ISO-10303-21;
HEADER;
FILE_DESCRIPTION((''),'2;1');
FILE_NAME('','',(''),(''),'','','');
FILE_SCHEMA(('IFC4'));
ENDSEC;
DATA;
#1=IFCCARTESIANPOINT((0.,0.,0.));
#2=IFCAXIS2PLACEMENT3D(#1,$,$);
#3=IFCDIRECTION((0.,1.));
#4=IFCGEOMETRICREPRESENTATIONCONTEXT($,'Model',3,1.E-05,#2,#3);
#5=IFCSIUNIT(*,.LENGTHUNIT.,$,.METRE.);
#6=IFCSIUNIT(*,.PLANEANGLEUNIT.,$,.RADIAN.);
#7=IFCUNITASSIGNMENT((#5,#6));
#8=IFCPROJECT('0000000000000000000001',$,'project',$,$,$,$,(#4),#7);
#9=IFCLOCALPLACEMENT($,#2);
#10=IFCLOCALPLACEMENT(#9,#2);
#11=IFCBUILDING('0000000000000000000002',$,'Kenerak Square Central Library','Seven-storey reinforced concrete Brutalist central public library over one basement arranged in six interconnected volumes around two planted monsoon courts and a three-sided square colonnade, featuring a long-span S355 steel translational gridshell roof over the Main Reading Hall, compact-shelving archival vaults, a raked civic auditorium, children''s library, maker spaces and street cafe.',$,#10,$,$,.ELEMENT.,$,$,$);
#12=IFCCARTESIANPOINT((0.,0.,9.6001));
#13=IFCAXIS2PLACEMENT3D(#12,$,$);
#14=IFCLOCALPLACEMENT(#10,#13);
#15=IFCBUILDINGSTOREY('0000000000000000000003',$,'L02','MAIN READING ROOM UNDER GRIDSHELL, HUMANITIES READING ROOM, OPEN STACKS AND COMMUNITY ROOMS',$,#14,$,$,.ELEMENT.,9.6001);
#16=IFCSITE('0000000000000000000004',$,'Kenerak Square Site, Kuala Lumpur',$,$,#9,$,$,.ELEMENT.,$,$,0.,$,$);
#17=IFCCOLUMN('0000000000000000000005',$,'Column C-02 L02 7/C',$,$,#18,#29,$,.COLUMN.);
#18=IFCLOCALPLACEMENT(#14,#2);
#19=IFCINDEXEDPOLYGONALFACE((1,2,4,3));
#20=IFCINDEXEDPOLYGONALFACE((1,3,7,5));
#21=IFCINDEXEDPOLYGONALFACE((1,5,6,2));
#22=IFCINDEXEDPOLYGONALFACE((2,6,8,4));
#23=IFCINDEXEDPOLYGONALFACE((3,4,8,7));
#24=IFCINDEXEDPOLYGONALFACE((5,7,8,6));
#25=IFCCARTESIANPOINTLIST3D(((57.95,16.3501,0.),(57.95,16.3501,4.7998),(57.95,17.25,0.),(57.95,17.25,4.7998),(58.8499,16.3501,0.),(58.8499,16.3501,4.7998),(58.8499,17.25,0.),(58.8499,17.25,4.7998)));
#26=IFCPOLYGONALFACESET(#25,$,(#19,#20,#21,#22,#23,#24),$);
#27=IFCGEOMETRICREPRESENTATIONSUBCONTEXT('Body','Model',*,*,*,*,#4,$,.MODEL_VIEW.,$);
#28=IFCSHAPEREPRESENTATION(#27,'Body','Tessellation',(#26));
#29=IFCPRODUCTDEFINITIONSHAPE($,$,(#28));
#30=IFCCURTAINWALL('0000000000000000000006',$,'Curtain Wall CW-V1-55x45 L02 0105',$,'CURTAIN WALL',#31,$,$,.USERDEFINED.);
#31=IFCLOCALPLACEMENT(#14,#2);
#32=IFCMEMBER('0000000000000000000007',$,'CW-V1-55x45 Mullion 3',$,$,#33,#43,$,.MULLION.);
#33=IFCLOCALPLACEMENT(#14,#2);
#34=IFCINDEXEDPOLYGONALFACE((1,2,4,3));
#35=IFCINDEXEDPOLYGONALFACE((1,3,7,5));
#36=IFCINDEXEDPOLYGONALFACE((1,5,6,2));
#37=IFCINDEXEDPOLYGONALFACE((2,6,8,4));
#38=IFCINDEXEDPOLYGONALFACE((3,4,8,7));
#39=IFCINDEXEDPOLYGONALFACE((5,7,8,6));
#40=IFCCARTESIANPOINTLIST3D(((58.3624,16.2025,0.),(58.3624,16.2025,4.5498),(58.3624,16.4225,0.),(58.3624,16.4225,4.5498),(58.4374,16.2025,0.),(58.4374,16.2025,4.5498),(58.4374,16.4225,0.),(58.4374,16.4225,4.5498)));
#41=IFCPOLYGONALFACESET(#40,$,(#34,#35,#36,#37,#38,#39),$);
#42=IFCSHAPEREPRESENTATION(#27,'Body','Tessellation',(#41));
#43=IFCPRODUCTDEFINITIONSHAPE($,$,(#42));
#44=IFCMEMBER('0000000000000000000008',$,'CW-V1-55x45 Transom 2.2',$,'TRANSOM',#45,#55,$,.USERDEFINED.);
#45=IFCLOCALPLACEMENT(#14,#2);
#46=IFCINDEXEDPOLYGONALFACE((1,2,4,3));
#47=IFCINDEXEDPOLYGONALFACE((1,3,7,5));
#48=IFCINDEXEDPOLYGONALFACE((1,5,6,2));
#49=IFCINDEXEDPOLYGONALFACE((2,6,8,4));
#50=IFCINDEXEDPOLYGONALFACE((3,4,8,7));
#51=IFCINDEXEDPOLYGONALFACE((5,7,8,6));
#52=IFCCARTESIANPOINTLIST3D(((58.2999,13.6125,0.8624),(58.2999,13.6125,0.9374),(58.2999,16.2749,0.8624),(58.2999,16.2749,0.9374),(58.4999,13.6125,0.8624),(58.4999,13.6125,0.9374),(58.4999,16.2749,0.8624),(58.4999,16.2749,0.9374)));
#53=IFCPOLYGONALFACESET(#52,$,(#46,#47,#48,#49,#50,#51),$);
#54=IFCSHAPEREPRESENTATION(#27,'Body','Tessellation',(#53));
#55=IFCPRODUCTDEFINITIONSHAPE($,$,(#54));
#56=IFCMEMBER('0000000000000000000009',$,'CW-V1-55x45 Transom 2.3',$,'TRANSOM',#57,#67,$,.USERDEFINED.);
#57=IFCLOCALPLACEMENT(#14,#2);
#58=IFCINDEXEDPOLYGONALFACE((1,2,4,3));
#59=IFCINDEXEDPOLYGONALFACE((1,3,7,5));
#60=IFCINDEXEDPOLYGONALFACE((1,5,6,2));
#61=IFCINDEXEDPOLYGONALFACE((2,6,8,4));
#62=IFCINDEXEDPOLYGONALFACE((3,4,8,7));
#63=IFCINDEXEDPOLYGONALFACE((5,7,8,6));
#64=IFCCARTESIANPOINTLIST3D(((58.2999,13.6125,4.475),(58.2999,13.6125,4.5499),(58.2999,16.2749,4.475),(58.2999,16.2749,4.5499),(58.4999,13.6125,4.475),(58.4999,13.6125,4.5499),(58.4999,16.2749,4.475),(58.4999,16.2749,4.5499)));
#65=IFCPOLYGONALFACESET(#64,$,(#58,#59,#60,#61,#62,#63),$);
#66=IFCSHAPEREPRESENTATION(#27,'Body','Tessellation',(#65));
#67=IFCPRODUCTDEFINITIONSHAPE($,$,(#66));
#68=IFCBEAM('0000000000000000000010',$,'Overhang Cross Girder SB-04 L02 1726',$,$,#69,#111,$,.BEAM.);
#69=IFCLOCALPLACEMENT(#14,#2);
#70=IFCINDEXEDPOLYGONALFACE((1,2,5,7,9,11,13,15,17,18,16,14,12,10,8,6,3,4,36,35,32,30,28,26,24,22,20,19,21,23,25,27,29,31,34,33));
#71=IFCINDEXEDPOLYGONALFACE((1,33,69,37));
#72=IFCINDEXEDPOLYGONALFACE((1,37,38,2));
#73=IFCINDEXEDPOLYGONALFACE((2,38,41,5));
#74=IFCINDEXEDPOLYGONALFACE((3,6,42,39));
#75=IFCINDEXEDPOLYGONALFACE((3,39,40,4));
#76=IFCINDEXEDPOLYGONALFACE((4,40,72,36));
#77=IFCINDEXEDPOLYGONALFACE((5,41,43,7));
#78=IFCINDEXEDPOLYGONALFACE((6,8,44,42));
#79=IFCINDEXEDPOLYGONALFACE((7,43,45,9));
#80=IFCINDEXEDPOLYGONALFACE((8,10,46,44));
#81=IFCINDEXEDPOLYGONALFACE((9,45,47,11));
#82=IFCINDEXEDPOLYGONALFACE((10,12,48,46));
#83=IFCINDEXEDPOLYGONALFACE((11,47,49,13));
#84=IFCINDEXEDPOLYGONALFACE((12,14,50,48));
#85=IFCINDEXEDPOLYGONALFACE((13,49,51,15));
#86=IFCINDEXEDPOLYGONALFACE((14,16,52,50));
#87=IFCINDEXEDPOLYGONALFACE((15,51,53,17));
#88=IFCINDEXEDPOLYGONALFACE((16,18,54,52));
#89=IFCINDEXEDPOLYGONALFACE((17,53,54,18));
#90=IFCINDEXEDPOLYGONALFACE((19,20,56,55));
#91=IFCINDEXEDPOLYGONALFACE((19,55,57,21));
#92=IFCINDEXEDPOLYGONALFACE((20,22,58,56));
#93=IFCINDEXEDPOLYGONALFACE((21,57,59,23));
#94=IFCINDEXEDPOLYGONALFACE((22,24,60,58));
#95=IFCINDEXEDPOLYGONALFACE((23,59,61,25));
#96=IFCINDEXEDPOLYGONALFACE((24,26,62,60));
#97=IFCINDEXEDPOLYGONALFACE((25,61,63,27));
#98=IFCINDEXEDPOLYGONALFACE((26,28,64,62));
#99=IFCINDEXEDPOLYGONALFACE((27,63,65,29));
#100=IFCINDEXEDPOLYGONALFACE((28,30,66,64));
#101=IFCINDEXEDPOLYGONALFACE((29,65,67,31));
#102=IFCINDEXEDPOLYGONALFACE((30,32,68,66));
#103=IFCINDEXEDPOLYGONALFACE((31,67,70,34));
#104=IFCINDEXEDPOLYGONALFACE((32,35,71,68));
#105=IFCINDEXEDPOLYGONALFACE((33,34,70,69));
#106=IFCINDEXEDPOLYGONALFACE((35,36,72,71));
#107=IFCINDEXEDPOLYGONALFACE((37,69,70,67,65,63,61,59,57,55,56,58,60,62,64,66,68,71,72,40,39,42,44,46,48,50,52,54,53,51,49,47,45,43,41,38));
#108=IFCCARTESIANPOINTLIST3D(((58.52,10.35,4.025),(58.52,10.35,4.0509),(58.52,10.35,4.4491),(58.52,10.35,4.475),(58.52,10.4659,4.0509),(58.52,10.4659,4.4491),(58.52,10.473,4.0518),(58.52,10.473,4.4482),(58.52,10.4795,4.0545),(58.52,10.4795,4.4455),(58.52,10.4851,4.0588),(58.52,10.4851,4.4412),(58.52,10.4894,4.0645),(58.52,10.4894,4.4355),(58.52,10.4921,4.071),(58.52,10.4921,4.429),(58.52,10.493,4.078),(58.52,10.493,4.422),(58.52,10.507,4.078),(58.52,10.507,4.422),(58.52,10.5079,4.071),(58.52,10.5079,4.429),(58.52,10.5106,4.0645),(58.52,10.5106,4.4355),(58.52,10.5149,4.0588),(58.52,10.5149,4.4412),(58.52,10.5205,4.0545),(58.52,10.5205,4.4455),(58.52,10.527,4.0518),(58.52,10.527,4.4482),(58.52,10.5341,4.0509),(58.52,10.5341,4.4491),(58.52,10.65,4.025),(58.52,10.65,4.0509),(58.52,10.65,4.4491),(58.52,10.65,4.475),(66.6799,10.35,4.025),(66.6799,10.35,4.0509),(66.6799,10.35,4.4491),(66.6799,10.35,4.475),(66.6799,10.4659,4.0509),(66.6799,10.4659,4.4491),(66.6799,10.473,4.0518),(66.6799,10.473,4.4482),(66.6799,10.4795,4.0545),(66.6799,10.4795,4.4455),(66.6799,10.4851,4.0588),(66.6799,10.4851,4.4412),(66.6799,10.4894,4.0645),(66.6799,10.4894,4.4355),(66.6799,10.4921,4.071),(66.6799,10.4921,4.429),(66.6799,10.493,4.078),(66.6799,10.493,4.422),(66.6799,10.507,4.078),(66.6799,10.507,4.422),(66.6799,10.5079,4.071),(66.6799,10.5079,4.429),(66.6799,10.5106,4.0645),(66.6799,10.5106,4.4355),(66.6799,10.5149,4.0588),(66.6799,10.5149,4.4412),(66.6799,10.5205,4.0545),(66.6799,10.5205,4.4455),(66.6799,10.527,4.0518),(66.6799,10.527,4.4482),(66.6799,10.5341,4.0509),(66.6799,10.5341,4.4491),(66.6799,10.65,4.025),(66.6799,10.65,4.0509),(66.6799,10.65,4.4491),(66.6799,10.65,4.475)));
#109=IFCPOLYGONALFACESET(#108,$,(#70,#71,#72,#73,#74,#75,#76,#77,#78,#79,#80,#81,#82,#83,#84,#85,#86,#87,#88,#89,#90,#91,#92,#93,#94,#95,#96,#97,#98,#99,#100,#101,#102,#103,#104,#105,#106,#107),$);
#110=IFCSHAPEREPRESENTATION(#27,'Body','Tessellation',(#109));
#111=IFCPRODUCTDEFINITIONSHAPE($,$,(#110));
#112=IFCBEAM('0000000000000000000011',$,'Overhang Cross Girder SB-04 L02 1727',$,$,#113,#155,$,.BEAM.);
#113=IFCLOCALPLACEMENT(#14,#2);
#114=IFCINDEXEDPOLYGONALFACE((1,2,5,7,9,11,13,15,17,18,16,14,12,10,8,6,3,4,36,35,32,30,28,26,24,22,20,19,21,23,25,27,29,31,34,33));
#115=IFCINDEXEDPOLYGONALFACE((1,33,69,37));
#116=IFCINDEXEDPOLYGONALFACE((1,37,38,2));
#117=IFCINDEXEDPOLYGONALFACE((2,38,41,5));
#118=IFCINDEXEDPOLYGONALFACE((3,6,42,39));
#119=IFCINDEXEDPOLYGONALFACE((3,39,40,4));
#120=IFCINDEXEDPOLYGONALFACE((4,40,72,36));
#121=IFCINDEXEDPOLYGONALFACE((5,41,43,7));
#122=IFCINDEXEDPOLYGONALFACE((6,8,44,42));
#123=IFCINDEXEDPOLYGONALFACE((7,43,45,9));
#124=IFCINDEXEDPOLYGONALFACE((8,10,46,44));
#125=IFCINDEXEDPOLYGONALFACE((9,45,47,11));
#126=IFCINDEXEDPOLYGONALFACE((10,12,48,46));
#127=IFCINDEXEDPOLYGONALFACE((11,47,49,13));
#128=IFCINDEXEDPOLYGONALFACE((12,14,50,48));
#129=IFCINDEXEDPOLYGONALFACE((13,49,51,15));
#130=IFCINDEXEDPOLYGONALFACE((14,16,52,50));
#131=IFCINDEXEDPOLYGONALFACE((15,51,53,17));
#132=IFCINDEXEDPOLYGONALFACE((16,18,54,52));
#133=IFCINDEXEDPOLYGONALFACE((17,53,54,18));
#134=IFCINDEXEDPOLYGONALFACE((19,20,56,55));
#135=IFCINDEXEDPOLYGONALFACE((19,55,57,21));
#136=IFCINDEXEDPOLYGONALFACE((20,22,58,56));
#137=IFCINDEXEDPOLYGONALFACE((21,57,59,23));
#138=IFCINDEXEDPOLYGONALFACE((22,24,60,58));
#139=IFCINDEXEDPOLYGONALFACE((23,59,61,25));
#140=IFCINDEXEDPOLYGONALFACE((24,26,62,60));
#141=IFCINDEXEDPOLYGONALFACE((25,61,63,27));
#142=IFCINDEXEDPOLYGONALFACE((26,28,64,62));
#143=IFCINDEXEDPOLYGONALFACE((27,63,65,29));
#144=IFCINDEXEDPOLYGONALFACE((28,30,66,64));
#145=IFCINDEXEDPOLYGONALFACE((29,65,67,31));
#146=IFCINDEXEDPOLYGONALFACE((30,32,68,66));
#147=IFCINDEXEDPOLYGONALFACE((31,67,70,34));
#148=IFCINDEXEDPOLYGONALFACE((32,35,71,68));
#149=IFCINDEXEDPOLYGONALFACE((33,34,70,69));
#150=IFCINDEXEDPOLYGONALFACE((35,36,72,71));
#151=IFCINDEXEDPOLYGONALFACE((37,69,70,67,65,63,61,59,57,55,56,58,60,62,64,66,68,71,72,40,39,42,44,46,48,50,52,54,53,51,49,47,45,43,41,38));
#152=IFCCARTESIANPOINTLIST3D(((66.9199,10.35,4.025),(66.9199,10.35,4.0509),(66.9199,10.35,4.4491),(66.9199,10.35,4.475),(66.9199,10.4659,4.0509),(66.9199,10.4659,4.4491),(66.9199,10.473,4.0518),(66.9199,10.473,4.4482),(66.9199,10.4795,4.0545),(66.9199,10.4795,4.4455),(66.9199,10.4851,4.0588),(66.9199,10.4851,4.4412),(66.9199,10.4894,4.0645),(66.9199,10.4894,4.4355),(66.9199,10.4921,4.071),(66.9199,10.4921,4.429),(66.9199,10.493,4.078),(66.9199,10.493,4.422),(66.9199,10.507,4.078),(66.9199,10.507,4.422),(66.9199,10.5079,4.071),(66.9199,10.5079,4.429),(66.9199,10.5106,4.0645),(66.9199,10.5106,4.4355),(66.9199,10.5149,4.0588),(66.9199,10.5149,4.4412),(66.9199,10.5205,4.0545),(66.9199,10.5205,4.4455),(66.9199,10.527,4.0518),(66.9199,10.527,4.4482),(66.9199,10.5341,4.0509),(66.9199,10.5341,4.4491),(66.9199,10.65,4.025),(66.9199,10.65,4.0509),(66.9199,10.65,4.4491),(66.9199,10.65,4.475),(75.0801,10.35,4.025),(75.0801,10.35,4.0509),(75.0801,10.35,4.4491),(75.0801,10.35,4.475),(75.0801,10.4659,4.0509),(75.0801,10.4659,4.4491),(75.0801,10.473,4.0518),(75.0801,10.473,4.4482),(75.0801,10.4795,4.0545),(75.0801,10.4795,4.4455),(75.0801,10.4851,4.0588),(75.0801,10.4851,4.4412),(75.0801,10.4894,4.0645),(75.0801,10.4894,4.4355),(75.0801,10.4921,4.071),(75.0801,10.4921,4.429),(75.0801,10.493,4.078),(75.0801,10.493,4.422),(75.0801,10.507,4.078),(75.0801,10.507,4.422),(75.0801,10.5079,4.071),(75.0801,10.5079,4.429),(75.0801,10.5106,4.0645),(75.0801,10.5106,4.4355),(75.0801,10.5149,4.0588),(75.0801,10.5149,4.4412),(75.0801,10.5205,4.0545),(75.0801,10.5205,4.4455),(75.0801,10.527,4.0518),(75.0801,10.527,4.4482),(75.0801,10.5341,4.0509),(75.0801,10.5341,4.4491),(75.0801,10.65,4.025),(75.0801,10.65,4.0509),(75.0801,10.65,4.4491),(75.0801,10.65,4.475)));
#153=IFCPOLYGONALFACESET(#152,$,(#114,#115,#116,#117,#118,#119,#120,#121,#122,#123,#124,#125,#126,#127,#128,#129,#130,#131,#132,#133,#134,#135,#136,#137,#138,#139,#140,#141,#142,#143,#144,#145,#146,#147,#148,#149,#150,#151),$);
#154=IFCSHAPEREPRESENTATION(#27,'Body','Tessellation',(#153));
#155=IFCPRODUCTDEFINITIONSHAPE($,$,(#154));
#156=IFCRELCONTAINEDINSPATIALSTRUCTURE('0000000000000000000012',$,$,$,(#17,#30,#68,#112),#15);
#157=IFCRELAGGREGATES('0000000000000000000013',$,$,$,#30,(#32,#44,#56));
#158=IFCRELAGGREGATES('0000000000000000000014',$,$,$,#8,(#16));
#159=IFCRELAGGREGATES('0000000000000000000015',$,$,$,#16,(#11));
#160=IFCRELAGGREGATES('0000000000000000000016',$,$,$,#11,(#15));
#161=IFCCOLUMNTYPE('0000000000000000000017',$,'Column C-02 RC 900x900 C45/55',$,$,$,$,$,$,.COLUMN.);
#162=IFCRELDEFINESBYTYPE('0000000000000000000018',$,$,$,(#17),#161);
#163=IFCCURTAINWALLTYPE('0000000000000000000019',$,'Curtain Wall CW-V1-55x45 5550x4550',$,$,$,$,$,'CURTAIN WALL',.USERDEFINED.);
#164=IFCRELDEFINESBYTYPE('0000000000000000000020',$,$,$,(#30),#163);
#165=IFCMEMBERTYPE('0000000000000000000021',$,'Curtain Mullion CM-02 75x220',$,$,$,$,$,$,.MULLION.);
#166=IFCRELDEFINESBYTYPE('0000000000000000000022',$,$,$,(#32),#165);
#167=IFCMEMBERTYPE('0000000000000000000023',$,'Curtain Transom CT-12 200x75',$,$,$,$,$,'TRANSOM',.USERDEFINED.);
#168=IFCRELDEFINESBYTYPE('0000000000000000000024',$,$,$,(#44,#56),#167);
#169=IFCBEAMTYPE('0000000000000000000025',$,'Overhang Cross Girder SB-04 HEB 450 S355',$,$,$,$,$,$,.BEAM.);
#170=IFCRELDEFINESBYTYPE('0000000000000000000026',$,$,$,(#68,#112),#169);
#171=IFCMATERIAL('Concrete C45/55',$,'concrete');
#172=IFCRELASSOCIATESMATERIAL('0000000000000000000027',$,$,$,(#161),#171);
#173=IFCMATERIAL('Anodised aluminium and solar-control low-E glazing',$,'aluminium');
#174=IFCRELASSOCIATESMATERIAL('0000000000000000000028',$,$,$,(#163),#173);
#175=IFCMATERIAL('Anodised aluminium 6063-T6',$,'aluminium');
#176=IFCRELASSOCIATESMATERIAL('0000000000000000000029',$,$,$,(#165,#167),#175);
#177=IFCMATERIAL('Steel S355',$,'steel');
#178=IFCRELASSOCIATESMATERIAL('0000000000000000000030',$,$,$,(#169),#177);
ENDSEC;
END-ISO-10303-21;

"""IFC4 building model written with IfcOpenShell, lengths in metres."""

from ifc_helpers import new_model, si_unit, direction, frame, origin, origin_2d, place, context, subcontext, project, spatial, rectangle, i_section, extrude, material, material_profile, profile_set, type_object, element, aggregate, save


model = new_model("IFC4")

# Units and contexts
model_context = context("Model", 3, precision=1e-05, world=origin(), true_north=direction((0.0, 1.0)))
body_context = subcontext(model_context, "Body", "Model", "MODEL_VIEW")
ifc_project = project(units=[si_unit("LENGTHUNIT", "METRE"), si_unit("PLANEANGLEUNIT", "RADIAN")], contexts=[model_context])

# Site, building, storey
site_placement = place(None, origin())
site = spatial("IfcSite", under=ifc_project, at=site_placement, Name="Kenerak Square Site, Kuala Lumpur", CompositionType="ELEMENT", RefElevation=0.0)
building_placement = place(site_placement, origin())
building = spatial("IfcBuilding", under=site, at=building_placement, Name="Kenerak Square Central Library", Description="Seven-storey reinforced concrete Brutalist central public library over one basement arranged in six interconnected volumes around two planted monsoon courts and a three-sided square colonnade, featuring a long-span S355 steel translational gridshell roof over the Main Reading Hall, compact-shelving archival vaults, a raked civic auditorium, children's library, maker spaces and street cafe.", CompositionType="ELEMENT")
storey_placement = place(building_placement, frame((0.0, 0.0, 9.6001)))
storey = spatial("IfcBuildingStorey", under=building, at=storey_placement, Name="L02", Description="MAIN READING ROOM UNDER GRIDSHELL, HUMANITIES READING ROOM, OPEN STACKS AND COMMUNITY ROOMS", CompositionType="ELEMENT", Elevation=9.6001)

# Column
ifc_material_1 = material(Name="Concrete C45/55", Category="concrete")
ifc_material_profile_1 = material_profile(ifc_material_1, rectangle(XDim=0.8999, YDim=0.8999, at=origin_2d()), Name="RC 900x900")
ifc_profile_set_1 = profile_set([ifc_material_profile_1], Name="Concrete C45/55")
column_type = type_object("IfcColumnType", Name="Column C-02 RC 900x900 C45/55", PredefinedType="COLUMN", material=ifc_profile_set_1)
column_placement = place(storey_placement, frame((58.3999, 16.8, 0.0), z_axis=(0.0, 0.0, 1.0), x_axis=(1.0, 0.0, 0.0)))
element("IfcColumn", 1, at=column_placement, inside=storey, type_object=column_type, Name="Column C-02 L02 7/C", PredefinedType="COLUMN", context=body_context, shape_type="SweptSolid", body=[
    extrude(rectangle(XDim=0.8999, YDim=0.8999, at=origin_2d()), origin(), (0.0, 0.0, 1.0), 4.7998),
])

# Curtain wall, members
ifc_material_2 = material(Name="Anodised aluminium and solar-control low-E glazing", Category="aluminium")
curtain_wall_type = type_object("IfcCurtainWallType", Name="Curtain Wall CW-V1-55x45 5550x4550", ElementType="CURTAIN WALL", PredefinedType="USERDEFINED", material=ifc_material_2)
curtain_wall_placement = place(storey_placement, origin())
curtain_wall = element("IfcCurtainWall", 2, at=curtain_wall_placement, inside=storey, type_object=curtain_wall_type, Name="Curtain Wall CW-V1-55x45 L02 0105", ObjectType="CURTAIN WALL", PredefinedType="USERDEFINED")
ifc_material_3 = material(Name="Anodised aluminium 6063-T6", Category="aluminium")
ifc_material_profile_2 = material_profile(ifc_material_3, rectangle(XDim=0.075, YDim=0.22, at=origin_2d()), Name="AL MULLION 75x220")
ifc_profile_set_2 = profile_set([ifc_material_profile_2], Name="Anodised aluminium 6063-T6")
member_type_1 = type_object("IfcMemberType", Name="Curtain Mullion CM-02 75x220", PredefinedType="MULLION", material=ifc_profile_set_2)
member_1_placement = place(storey_placement, frame((58.3999, 16.3125, 0.0), z_axis=(0.0, 0.0, 1.0), x_axis=(-1.0, 0.0, 0.0)))
member_1 = element("IfcMember", 3, at=member_1_placement, type_object=member_type_1, Name="CW-V1-55x45 Mullion 3", PredefinedType="MULLION", context=body_context, shape_type="SweptSolid", body=[
    extrude(rectangle(XDim=0.075, YDim=0.22, at=origin_2d()), origin(), (0.0, 0.0, 1.0), 4.5498),
])
ifc_material_profile_3 = material_profile(ifc_material_3, rectangle(XDim=0.2, YDim=0.075, at=origin_2d()), Name="AL TRANSOM 200x75")
ifc_profile_set_3 = profile_set([ifc_material_profile_3], Name="Anodised aluminium 6063-T6")
member_type_2 = type_object("IfcMemberType", Name="Curtain Transom CT-12 200x75", ElementType="TRANSOM", PredefinedType="USERDEFINED", material=ifc_profile_set_3)
member_2_placement = place(storey_placement, frame((58.3999, 13.6125, 0.8999), z_axis=(0.0, 1.0, 0.0), x_axis=(-1.0, 0.0, 0.0)))
member_2 = element("IfcMember", 4, at=member_2_placement, type_object=member_type_2, Name="CW-V1-55x45 Transom 2.2", ObjectType="TRANSOM", PredefinedType="USERDEFINED", context=body_context, shape_type="SweptSolid", body=[
    extrude(rectangle(XDim=0.2, YDim=0.075, at=origin_2d()), origin(), (0.0, 0.0, 1.0), 2.6624),
])
member_3_placement = place(storey_placement, frame((58.3999, 13.6125, 4.5125), z_axis=(0.0, 1.0, 0.0), x_axis=(-1.0, 0.0, 0.0)))
member_3 = element("IfcMember", 5, at=member_3_placement, type_object=member_type_2, Name="CW-V1-55x45 Transom 2.3", ObjectType="TRANSOM", PredefinedType="USERDEFINED", context=body_context, shape_type="SweptSolid", body=[
    extrude(rectangle(XDim=0.2, YDim=0.075, at=origin_2d()), origin(), (0.0, 0.0, 1.0), 2.6624),
])

# Beams
ifc_material_4 = material(Name="Steel S355", Category="steel")
ifc_material_profile_4 = material_profile(ifc_material_4, i_section(OverallWidth=0.3, OverallDepth=0.45, WebThickness=0.0139, FlangeThickness=0.0259, FilletRadius=0.0271, at=origin_2d()), Name="HEB 450")
ifc_profile_set_4 = profile_set([ifc_material_profile_4], Name="Steel S355")
beam_type_1 = type_object("IfcBeamType", Name="Overhang Cross Girder SB-04 HEB 450 S355", PredefinedType="BEAM", material=ifc_profile_set_4)
beam_1_placement = place(storey_placement, frame((58.52, 10.5, 4.25), z_axis=(1.0, 0.0, 0.0), x_axis=(0.0, 1.0, 0.0)))
element("IfcBeam", 6, at=beam_1_placement, inside=storey, type_object=beam_type_1, Name="Overhang Cross Girder SB-04 L02 1726", PredefinedType="BEAM", context=body_context, shape_type="SweptSolid", body=[
    extrude(i_section(OverallWidth=0.3, OverallDepth=0.45, WebThickness=0.0139, FlangeThickness=0.0259, FilletRadius=0.0271, at=origin_2d()), origin(), (0.0, 0.0, 1.0), 8.1599),
])
beam_2_placement = place(storey_placement, frame((66.9199, 10.5, 4.25), z_axis=(1.0, 0.0, 0.0), x_axis=(0.0, 1.0, 0.0)))
element("IfcBeam", 7, at=beam_2_placement, inside=storey, type_object=beam_type_1, Name="Overhang Cross Girder SB-04 L02 1727", PredefinedType="BEAM", context=body_context, shape_type="SweptSolid", body=[
    extrude(i_section(OverallWidth=0.3, OverallDepth=0.45, WebThickness=0.0139, FlangeThickness=0.0259, FilletRadius=0.0271, at=origin_2d()), origin(), (0.0, 0.0, 1.0), 8.1602),
])

aggregate(curtain_wall, [member_1, member_2, member_3])

save(model, "model.ifc")
